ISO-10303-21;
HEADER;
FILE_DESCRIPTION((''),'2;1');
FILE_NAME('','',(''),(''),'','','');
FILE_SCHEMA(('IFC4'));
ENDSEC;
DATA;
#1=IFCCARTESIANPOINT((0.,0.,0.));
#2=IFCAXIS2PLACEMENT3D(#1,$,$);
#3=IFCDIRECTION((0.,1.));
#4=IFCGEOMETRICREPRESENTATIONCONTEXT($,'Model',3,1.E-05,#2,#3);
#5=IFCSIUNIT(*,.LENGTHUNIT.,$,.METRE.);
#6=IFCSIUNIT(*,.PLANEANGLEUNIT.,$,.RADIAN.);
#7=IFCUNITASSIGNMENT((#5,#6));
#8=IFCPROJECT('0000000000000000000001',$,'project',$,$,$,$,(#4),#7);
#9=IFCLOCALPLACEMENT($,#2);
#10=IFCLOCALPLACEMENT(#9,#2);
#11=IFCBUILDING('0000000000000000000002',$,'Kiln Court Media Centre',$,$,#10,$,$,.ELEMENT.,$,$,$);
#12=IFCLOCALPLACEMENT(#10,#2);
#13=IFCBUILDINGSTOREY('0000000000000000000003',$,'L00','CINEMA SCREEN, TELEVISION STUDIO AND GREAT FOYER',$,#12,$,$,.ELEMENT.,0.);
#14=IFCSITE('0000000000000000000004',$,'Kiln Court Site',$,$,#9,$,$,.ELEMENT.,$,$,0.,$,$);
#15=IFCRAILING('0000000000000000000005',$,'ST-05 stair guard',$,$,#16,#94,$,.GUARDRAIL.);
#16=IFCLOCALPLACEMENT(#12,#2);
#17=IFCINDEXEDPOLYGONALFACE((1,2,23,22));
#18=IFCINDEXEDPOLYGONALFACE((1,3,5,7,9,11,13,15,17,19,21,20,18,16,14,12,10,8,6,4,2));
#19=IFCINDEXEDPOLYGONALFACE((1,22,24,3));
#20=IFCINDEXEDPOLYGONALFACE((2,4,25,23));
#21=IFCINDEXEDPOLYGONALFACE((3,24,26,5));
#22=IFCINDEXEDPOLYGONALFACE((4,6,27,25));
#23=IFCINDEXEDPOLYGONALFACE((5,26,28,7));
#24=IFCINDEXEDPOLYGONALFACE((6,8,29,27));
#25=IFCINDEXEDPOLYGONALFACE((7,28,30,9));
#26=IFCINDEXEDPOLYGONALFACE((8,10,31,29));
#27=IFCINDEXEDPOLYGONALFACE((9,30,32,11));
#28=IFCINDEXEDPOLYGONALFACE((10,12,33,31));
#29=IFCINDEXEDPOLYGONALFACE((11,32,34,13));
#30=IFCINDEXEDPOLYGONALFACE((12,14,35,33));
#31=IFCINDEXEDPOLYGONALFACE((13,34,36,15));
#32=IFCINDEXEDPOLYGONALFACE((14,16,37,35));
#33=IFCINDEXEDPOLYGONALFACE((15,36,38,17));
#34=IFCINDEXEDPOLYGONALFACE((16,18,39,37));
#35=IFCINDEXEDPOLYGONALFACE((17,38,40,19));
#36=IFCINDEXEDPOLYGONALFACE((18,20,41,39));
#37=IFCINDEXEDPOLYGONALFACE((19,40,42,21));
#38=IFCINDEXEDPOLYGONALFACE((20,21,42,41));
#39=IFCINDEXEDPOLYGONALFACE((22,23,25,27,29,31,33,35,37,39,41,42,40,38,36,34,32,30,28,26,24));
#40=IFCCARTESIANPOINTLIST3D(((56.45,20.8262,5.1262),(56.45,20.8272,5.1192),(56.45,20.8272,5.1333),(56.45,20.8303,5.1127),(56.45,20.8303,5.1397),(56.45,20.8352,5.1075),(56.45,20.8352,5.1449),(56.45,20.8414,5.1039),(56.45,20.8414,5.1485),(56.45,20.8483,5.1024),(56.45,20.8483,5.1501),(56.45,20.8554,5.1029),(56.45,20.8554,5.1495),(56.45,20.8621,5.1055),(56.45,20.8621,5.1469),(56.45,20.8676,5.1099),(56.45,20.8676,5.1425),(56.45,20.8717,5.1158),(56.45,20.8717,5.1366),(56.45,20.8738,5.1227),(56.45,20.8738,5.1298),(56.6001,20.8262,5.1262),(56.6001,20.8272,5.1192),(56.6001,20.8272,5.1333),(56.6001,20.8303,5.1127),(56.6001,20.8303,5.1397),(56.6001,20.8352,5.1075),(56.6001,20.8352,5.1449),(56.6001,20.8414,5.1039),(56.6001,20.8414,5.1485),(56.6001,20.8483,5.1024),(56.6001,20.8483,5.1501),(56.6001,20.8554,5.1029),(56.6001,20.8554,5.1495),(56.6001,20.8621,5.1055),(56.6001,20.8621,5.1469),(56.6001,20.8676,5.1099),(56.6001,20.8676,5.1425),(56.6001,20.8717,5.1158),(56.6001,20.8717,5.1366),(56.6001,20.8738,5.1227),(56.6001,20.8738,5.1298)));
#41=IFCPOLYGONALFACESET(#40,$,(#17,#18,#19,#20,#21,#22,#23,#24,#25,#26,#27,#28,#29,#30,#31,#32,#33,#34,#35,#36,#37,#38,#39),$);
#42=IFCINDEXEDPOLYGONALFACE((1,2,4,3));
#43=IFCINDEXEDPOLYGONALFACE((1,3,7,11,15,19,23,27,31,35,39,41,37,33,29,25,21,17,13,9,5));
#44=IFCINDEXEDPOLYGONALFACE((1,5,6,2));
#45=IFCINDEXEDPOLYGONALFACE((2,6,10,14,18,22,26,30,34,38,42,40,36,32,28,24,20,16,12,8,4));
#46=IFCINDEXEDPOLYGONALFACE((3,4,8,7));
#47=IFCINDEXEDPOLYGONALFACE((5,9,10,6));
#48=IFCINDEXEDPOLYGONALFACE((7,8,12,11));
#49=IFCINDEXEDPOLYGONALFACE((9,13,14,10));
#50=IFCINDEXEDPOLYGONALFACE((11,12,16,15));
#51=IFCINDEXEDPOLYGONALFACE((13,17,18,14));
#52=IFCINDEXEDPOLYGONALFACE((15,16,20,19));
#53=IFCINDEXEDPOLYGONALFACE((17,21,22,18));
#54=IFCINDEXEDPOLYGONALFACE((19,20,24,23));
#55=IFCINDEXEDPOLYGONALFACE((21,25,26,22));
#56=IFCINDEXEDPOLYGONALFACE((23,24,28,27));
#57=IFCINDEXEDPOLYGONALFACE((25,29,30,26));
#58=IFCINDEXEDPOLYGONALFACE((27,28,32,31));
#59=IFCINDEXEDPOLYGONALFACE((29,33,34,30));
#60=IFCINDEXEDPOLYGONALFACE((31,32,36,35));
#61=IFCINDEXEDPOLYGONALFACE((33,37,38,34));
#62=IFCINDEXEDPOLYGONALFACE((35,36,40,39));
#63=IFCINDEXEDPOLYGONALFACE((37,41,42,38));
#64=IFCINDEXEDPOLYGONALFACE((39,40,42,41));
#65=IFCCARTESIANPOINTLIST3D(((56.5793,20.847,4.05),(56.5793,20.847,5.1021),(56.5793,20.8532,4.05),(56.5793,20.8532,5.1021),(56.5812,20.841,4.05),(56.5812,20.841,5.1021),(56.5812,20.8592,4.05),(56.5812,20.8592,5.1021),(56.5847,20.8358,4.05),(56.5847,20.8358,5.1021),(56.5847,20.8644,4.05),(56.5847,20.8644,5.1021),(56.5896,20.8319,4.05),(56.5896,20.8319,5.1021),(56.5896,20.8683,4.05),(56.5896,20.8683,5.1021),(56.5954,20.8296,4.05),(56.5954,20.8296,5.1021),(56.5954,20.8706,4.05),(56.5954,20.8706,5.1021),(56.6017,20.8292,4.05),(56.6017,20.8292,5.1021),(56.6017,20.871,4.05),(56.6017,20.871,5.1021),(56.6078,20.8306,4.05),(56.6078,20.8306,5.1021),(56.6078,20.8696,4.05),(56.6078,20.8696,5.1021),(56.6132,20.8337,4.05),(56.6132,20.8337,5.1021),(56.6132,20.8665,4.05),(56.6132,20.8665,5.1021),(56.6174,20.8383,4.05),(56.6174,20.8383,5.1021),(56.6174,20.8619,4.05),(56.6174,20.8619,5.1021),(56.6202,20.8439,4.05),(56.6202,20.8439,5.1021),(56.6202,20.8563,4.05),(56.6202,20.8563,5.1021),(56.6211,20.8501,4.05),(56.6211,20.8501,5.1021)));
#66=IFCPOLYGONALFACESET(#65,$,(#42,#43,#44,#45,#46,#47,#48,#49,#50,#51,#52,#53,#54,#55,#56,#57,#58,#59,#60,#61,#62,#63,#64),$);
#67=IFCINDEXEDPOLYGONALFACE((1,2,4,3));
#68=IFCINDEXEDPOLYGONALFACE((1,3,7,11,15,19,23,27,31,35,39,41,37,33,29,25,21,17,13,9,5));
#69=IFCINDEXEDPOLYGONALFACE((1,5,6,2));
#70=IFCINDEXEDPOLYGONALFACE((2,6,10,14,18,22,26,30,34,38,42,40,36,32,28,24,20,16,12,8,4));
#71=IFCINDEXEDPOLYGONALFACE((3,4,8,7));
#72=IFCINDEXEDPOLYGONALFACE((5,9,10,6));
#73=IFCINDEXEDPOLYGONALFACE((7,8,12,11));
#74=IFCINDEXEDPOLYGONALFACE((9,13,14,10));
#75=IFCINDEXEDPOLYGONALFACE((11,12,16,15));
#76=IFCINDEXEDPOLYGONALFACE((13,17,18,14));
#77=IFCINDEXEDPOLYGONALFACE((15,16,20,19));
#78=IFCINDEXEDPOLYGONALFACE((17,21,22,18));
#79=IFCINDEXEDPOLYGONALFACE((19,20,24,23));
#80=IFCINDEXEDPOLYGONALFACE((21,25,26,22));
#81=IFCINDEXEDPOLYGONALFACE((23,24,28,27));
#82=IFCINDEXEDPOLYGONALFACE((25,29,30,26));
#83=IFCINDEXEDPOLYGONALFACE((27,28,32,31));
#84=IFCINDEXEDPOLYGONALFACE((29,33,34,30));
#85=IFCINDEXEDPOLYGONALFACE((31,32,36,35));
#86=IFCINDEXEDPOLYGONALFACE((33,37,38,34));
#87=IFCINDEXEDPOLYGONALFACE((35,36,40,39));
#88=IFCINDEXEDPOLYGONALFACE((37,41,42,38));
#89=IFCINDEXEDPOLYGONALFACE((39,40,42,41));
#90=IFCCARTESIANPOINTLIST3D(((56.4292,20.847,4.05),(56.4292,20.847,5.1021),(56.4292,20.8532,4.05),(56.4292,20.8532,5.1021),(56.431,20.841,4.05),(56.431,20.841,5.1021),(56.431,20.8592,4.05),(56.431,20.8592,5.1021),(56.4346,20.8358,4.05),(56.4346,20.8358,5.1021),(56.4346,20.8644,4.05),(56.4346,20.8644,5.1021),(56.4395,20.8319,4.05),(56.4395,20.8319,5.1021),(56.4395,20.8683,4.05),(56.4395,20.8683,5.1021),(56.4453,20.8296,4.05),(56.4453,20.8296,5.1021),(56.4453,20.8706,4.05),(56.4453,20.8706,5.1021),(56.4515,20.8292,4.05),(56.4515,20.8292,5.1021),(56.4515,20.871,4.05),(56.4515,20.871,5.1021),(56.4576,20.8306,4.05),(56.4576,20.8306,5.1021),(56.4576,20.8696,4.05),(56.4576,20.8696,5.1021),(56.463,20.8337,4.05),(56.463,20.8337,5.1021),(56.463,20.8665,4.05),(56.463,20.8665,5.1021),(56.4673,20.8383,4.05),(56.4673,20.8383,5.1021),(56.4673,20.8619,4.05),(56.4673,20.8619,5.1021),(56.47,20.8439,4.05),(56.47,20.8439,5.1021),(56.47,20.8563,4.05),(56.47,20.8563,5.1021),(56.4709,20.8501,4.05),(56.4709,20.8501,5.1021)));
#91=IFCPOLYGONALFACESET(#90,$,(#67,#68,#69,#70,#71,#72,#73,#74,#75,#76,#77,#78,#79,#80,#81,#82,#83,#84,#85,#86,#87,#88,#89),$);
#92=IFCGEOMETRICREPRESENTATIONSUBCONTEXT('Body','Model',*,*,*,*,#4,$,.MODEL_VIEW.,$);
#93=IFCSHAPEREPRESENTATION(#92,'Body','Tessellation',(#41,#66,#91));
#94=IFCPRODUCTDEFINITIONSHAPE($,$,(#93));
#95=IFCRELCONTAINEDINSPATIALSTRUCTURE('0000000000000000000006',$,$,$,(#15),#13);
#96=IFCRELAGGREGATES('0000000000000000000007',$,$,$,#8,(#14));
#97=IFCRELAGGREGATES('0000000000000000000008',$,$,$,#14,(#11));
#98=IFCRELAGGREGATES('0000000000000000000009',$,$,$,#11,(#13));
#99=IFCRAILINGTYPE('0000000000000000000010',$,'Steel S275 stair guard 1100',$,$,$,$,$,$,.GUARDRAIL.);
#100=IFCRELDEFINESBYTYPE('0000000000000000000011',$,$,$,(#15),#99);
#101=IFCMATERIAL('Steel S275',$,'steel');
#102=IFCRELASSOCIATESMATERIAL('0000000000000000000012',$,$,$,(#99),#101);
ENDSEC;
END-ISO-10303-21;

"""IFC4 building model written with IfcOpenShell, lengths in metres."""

from ifc_helpers import new_model, si_unit, direction, frame, origin, origin_2d, place, context, subcontext, project, spatial, circle, extrude, material, type_object, element, save


model = new_model("IFC4")

# Units and contexts
model_context = context("Model", 3, precision=1e-05, world=origin(), true_north=direction((0.0, 1.0)))
body_context = subcontext(model_context, "Body", "Model", "MODEL_VIEW")
ifc_project = project(units=[si_unit("LENGTHUNIT", "METRE"), si_unit("PLANEANGLEUNIT", "RADIAN")], contexts=[model_context])

# Site, building, storey
site_placement = place(None, origin())
site = spatial("IfcSite", under=ifc_project, at=site_placement, Name="Kiln Court Site", CompositionType="ELEMENT", RefElevation=0.0)
building_placement = place(site_placement, origin())
building = spatial("IfcBuilding", under=site, at=building_placement, Name="Kiln Court Media Centre", CompositionType="ELEMENT")
storey_placement = place(building_placement, origin())
storey = spatial("IfcBuildingStorey", under=building, at=storey_placement, Name="L00", Description="CINEMA SCREEN, TELEVISION STUDIO AND GREAT FOYER", CompositionType="ELEMENT", Elevation=0.0)

# Railing
ifc_material_1 = material(Name="Steel S275", Category="steel")
railing_type_1 = type_object("IfcRailingType", Name="Steel S275 stair guard 1100", PredefinedType="GUARDRAIL", material=ifc_material_1)
railing_1_placement = place(storey_placement, frame((56.6001, 20.8501, 4.05)))
element("IfcRailing", 1, at=railing_1_placement, inside=storey, type_object=railing_type_1, Name="ST-05 stair guard", PredefinedType="GUARDRAIL", context=body_context, shape_type="SweptSolid", body=[
    extrude(circle(Radius=0.0239, at=origin_2d()), frame((0.0, 0.0, 1.0762), z_axis=(-1.0, 0.0, 0.0), x_axis=(0.0, -1.0, 0.0)), (0.0, 0.0, 1.0), 0.1501),
    extrude(circle(Radius=0.021, at=origin_2d()), origin(), (0.0, 0.0, 1.0), 1.052),
    extrude(circle(Radius=0.021, at=origin_2d()), frame((-0.1501, 0.0, 0.0)), (0.0, 0.0, 1.0), 1.052),
])

save(model, "model.ifc")
